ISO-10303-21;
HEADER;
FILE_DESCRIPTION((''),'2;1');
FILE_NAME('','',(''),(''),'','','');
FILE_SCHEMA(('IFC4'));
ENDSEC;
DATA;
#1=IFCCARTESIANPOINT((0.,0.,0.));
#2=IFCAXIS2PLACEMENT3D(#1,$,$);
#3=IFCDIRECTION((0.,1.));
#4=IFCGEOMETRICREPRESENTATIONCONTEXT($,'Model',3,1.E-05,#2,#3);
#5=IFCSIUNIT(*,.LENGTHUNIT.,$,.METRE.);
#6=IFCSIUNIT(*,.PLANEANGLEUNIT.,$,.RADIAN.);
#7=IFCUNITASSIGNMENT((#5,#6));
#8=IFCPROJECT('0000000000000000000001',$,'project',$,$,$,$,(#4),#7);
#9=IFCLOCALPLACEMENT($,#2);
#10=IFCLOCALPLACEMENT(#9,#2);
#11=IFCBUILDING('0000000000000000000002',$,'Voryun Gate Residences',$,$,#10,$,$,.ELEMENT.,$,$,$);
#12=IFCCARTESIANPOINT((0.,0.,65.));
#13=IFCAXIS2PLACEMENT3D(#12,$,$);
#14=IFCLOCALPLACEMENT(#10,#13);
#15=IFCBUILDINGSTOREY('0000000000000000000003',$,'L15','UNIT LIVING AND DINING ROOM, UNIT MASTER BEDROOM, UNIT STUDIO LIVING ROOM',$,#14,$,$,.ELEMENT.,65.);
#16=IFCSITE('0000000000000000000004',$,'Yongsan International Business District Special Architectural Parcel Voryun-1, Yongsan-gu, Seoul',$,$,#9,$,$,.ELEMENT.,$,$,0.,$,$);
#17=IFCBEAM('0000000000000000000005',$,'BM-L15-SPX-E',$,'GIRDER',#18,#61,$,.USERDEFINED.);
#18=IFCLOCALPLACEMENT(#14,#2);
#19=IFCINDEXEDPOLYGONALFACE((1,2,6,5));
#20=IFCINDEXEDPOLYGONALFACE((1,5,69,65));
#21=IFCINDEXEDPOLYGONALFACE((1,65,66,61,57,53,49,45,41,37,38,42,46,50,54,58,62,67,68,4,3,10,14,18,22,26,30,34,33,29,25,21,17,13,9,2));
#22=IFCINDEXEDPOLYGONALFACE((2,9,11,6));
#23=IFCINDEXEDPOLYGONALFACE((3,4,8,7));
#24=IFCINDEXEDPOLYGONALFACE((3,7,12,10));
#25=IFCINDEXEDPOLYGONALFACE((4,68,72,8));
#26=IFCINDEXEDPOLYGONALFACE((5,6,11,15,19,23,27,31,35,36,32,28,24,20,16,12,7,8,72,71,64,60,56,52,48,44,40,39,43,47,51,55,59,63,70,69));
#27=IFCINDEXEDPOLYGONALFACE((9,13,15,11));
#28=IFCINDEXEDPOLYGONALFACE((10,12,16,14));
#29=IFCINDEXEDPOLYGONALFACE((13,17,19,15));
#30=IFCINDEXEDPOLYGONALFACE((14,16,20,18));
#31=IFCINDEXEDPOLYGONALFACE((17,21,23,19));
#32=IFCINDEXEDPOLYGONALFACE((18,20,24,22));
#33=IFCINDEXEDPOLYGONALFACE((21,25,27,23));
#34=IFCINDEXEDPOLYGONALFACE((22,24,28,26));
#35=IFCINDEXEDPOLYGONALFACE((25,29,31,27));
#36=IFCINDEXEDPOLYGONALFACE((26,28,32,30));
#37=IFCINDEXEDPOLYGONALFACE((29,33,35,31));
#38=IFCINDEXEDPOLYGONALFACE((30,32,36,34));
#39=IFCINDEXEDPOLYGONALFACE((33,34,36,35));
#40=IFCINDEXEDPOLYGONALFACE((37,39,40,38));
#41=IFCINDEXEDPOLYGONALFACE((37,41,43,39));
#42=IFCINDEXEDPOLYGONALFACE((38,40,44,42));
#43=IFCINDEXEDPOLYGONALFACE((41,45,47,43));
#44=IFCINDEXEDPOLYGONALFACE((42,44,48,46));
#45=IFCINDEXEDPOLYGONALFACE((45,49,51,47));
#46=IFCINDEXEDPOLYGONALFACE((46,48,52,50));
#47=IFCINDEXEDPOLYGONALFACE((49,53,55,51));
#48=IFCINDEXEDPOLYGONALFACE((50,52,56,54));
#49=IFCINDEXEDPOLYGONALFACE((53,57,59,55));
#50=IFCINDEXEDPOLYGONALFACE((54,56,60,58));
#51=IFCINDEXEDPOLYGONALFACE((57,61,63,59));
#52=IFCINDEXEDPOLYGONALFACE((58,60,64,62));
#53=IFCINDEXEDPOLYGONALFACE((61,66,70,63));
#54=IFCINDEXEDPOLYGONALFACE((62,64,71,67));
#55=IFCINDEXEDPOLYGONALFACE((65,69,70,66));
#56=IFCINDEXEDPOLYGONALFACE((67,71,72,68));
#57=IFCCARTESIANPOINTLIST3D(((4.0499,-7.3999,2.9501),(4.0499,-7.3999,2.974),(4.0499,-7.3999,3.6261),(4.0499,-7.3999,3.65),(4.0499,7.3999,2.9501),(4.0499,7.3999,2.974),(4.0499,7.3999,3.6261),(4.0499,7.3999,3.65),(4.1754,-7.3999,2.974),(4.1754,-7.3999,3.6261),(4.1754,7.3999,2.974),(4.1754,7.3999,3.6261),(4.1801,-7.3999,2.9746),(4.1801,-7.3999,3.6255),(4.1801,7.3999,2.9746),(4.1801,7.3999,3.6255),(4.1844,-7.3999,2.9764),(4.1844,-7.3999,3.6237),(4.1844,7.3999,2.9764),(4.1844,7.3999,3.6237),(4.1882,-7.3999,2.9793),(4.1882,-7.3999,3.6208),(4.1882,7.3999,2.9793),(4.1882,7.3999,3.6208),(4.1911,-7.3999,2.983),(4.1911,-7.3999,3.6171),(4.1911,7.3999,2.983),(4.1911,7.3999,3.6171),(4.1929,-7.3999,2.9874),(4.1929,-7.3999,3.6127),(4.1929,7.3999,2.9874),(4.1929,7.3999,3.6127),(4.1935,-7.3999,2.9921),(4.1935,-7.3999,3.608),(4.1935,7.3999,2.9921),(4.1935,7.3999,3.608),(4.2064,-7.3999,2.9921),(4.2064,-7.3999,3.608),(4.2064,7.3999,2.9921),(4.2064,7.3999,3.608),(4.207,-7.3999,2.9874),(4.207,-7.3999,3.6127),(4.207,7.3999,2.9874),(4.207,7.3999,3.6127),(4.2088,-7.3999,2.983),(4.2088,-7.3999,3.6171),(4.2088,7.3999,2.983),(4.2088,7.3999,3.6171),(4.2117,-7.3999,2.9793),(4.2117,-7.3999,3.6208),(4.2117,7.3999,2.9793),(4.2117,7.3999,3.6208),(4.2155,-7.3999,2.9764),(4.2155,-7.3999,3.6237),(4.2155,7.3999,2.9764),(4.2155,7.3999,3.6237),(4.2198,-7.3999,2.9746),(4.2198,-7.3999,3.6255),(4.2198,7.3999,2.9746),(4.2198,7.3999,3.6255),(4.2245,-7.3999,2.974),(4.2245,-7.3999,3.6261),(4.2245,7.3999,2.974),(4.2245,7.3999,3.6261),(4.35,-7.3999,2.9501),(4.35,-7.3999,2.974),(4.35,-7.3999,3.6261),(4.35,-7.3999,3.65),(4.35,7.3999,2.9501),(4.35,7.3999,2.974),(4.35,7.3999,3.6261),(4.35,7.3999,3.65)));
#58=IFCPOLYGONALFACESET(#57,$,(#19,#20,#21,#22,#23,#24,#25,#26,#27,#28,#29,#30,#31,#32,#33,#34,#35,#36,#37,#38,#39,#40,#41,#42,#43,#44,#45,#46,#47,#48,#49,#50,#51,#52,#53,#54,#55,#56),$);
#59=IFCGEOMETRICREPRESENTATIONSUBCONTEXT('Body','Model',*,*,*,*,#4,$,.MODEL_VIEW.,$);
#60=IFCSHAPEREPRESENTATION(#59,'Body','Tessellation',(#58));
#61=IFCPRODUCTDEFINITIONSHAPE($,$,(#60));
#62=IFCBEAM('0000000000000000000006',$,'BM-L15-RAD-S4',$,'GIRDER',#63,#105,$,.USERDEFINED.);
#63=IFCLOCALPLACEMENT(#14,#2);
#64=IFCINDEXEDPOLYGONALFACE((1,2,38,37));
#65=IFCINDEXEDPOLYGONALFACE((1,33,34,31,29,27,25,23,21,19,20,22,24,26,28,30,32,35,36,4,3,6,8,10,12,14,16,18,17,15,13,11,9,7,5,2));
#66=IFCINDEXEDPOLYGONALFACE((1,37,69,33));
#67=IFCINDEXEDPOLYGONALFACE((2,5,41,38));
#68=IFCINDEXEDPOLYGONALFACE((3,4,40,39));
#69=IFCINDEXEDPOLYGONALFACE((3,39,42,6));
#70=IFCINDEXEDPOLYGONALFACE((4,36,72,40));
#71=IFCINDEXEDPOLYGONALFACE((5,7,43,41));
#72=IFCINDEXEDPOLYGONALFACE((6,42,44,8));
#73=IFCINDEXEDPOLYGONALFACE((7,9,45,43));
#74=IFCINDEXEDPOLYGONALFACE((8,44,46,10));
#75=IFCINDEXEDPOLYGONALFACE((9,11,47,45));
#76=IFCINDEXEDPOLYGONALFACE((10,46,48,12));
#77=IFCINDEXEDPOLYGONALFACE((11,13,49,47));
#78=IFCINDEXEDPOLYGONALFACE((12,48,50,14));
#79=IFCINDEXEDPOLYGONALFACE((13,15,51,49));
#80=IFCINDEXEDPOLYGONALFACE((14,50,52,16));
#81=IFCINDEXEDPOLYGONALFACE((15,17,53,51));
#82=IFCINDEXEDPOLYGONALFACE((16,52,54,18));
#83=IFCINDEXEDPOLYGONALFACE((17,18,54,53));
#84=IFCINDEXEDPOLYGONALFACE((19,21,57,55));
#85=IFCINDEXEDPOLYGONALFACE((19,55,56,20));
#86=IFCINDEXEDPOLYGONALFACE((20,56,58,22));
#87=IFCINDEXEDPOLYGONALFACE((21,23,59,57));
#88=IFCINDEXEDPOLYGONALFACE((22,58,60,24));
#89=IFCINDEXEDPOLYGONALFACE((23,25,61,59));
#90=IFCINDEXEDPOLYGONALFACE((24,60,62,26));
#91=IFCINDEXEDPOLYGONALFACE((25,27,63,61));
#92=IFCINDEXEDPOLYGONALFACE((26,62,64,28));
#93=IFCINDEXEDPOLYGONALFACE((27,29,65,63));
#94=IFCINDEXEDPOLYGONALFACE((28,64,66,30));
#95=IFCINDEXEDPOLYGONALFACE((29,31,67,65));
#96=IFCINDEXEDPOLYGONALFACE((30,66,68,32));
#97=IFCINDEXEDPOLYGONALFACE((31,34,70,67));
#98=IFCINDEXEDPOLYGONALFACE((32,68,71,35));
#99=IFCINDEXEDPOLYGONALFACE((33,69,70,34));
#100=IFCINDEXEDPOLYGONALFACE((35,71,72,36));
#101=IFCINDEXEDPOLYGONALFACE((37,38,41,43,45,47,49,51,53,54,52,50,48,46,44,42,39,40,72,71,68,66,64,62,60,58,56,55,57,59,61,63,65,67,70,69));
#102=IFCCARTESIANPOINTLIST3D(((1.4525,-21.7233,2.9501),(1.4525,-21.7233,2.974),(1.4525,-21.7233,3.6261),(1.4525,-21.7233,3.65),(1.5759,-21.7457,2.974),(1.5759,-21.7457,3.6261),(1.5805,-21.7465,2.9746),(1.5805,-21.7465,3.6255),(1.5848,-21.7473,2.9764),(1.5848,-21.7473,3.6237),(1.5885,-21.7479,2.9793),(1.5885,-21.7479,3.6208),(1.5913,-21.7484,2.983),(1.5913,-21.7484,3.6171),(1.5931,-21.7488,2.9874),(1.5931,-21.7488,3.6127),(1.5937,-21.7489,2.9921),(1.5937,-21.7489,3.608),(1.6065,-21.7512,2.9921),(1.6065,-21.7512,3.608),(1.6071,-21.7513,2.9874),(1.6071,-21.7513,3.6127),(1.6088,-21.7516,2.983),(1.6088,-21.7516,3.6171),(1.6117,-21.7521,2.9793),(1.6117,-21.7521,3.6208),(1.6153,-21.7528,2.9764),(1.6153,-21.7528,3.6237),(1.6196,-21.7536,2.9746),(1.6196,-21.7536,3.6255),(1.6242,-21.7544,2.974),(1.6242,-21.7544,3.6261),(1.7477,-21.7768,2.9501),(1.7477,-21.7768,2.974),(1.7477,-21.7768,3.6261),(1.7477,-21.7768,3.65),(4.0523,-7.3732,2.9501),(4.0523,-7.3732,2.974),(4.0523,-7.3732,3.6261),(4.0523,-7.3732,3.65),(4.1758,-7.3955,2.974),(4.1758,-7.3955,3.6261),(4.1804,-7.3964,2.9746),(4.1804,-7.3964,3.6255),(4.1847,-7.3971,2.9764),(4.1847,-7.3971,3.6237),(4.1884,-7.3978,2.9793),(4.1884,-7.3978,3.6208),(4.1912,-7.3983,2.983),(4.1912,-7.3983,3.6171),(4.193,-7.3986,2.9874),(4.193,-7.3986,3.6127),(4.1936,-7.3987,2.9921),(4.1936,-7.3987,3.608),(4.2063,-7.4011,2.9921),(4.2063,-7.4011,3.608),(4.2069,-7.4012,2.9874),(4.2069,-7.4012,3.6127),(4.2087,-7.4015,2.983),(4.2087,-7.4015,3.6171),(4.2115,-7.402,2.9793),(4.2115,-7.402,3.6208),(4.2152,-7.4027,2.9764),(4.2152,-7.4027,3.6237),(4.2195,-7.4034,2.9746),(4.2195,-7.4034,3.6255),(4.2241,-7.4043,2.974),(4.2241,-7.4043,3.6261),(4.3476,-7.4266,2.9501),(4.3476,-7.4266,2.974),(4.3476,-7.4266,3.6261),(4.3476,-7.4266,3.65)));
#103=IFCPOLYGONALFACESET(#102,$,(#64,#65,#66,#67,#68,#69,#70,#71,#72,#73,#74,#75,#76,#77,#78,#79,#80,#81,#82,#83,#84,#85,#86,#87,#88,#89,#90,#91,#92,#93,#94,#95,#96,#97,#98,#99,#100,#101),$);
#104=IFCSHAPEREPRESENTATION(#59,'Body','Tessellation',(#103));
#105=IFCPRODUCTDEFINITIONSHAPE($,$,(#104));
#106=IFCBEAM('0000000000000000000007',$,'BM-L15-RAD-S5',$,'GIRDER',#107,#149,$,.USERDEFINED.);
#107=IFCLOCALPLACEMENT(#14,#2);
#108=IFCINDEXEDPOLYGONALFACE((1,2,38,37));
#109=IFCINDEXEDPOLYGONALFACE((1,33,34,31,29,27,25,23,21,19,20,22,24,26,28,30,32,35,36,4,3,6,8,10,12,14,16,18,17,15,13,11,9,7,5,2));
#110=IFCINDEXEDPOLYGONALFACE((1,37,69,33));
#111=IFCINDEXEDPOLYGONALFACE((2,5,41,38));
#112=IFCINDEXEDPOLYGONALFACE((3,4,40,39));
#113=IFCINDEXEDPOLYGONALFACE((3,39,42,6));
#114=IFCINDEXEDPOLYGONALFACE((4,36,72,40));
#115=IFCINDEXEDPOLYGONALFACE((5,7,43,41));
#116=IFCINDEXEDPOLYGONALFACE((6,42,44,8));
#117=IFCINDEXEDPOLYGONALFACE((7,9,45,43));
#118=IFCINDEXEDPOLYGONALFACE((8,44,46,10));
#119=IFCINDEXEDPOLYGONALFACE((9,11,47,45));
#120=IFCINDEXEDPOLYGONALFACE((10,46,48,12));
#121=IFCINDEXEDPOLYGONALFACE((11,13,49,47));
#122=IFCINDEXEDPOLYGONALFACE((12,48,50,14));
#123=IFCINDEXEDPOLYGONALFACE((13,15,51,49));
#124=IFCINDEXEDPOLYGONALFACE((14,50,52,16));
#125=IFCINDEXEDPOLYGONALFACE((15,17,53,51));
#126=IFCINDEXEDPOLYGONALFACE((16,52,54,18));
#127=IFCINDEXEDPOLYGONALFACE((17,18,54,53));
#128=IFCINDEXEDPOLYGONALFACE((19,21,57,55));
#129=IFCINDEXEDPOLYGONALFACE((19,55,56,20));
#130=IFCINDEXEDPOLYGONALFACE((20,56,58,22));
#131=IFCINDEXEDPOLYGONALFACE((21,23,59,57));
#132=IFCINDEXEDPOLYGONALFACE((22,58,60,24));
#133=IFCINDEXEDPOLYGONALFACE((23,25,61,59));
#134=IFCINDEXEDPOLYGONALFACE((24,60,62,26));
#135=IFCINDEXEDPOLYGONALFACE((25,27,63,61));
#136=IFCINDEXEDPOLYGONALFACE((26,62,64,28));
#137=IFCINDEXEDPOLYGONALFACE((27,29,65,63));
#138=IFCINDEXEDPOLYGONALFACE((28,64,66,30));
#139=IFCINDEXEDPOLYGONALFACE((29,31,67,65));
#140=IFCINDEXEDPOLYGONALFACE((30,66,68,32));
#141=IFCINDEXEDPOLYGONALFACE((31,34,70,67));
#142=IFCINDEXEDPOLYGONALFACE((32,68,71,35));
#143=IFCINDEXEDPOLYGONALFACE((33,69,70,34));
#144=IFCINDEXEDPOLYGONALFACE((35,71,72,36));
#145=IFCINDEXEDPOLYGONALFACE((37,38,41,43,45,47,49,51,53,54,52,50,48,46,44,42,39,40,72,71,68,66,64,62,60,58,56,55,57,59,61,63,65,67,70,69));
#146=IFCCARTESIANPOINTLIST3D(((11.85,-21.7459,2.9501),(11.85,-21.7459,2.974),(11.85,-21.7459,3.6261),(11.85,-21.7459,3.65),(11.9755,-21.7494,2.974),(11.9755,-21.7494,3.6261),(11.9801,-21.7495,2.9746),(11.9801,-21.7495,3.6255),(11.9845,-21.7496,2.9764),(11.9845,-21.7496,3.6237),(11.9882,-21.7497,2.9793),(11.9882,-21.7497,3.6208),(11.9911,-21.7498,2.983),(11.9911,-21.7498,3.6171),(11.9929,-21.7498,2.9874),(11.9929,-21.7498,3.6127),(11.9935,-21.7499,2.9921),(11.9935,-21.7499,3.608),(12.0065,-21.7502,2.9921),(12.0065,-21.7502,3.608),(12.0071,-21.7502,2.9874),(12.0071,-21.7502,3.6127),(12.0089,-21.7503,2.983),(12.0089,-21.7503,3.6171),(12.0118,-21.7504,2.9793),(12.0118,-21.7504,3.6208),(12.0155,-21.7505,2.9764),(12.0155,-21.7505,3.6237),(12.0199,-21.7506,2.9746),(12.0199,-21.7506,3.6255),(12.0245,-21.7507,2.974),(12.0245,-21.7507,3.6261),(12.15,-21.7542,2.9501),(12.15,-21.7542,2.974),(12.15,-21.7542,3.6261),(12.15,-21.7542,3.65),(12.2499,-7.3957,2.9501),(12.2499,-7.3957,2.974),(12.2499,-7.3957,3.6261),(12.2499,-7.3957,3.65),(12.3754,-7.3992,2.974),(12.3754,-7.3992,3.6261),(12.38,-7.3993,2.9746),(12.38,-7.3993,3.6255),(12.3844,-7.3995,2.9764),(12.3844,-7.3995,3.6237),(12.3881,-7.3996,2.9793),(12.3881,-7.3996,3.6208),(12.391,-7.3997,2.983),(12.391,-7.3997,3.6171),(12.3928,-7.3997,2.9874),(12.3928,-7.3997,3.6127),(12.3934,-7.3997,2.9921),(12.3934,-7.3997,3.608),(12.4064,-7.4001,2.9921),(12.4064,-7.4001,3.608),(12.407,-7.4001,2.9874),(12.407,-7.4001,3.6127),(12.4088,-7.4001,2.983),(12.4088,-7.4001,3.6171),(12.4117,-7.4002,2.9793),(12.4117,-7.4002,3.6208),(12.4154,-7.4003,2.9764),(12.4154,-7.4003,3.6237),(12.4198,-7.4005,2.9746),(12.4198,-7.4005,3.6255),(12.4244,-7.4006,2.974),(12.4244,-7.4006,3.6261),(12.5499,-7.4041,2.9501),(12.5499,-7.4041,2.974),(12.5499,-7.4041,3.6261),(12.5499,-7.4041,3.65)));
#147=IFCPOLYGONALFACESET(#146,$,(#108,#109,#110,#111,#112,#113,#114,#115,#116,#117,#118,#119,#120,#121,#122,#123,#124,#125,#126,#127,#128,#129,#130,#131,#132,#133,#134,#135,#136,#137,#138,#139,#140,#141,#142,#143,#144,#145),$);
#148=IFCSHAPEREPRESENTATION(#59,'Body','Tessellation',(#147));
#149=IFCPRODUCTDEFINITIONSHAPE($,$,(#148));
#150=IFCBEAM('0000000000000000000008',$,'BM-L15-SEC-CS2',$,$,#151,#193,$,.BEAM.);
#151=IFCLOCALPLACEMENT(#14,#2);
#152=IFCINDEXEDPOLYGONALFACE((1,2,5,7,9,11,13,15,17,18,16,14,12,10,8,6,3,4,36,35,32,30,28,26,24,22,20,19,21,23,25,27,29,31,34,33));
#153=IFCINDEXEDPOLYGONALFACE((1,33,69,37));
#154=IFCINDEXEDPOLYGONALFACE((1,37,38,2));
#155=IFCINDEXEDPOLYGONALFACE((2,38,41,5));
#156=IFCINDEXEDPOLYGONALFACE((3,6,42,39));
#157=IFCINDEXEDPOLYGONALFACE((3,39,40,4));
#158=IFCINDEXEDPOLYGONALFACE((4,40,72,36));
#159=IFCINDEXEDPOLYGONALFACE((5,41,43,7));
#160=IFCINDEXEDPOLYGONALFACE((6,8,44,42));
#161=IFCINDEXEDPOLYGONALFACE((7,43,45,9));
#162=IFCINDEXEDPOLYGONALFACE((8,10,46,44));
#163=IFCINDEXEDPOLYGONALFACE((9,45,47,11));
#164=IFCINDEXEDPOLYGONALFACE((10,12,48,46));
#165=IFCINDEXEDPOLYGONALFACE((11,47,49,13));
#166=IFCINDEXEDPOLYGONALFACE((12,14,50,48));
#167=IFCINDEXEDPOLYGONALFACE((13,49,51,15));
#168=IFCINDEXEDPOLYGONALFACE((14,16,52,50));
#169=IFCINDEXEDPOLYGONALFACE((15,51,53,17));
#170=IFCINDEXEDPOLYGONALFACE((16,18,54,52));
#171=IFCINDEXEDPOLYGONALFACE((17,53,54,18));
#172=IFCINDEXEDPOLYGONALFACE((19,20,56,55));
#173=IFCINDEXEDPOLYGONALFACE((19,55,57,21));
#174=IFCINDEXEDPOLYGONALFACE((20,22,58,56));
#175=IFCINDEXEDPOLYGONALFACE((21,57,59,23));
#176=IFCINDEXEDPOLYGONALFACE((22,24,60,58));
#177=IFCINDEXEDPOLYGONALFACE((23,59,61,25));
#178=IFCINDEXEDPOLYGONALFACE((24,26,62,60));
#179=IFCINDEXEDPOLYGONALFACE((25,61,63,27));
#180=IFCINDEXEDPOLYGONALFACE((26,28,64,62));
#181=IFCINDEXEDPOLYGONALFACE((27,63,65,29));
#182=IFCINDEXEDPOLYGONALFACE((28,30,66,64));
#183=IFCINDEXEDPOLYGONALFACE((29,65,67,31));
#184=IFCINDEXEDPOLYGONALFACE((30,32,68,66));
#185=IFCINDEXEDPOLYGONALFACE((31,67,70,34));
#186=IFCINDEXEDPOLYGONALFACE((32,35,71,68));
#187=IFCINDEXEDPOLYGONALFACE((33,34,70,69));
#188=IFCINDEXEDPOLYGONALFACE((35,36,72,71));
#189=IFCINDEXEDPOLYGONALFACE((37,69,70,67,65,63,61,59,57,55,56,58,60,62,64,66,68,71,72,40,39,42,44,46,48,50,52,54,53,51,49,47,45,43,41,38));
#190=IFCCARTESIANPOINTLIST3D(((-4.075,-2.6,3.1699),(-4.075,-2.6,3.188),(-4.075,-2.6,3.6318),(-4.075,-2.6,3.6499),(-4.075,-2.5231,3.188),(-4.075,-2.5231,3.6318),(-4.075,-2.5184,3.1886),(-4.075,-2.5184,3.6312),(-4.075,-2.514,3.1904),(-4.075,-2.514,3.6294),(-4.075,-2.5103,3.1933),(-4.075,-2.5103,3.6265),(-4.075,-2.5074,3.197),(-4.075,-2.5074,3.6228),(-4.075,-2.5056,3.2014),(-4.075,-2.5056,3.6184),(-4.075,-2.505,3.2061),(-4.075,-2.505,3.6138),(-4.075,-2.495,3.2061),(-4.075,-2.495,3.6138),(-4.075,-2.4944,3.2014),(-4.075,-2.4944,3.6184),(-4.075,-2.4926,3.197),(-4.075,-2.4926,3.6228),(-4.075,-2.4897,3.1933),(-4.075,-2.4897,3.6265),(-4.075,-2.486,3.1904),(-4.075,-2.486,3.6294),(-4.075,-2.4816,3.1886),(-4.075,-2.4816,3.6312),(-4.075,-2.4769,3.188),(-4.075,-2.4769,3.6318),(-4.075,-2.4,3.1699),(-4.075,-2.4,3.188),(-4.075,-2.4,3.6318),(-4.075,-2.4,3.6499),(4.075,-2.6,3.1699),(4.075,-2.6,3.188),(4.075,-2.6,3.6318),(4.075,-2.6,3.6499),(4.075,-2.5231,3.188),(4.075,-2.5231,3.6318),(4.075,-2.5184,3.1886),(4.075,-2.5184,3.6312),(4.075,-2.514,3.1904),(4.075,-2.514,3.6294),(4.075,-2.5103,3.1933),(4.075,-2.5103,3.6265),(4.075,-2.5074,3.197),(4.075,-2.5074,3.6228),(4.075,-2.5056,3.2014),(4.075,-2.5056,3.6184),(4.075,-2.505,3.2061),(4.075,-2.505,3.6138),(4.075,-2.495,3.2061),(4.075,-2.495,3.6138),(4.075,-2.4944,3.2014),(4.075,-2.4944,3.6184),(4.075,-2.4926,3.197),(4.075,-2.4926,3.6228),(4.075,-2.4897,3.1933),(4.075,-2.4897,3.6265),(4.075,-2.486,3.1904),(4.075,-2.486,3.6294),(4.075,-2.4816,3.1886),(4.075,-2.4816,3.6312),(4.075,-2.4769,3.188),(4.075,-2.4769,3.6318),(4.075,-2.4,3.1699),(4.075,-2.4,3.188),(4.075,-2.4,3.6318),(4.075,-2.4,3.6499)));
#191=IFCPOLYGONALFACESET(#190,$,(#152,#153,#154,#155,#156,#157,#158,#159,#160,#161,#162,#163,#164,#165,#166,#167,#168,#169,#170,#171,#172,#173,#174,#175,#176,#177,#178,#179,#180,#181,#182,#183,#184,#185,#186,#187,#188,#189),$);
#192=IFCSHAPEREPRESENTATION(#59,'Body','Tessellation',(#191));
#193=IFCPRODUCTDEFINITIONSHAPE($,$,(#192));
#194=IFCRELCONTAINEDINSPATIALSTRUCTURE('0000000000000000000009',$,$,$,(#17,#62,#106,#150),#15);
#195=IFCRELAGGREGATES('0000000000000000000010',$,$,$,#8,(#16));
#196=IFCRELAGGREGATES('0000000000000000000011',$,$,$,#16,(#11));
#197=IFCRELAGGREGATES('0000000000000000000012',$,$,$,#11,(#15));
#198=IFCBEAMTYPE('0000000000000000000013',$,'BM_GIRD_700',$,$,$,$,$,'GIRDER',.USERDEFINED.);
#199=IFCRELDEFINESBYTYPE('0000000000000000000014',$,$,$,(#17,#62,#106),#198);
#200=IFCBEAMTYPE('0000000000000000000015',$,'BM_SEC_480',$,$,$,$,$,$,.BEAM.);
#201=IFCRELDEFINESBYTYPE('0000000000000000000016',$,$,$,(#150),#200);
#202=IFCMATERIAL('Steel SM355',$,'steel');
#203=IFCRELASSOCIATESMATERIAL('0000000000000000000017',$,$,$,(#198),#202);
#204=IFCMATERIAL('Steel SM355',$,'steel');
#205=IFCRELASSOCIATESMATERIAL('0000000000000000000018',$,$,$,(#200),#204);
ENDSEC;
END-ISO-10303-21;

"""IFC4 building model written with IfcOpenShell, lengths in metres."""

from ifc_helpers import new_model, si_unit, direction, frame, origin, origin_2d, place, context, subcontext, project, spatial, i_section, extrude, material, material_profile, profile_set, type_object, element, save


model = new_model("IFC4")

# Units and contexts
model_context = context("Model", 3, precision=1e-05, world=origin(), true_north=direction((0.0, 1.0)))
body_context = subcontext(model_context, "Body", "Model", "MODEL_VIEW")
ifc_project = project(units=[si_unit("LENGTHUNIT", "METRE"), si_unit("PLANEANGLEUNIT", "RADIAN")], contexts=[model_context])

# Site, building, storey
site_placement = place(None, origin())
site = spatial("IfcSite", under=ifc_project, at=site_placement, Name="Yongsan International Business District Special Architectural Parcel Voryun-1, Yongsan-gu, Seoul", CompositionType="ELEMENT", RefElevation=0.0)
building_placement = place(site_placement, origin())
building = spatial("IfcBuilding", under=site, at=building_placement, Name="Voryun Gate Residences", CompositionType="ELEMENT")
storey_placement = place(building_placement, frame((0.0, 0.0, 65.0)))
storey = spatial("IfcBuildingStorey", under=building, at=storey_placement, Name="L15", Description="UNIT LIVING AND DINING ROOM, UNIT MASTER BEDROOM, UNIT STUDIO LIVING ROOM", CompositionType="ELEMENT", Elevation=65.0)

# Beams
ifc_material_1 = material(Name="Steel SM355", Category="steel")
ifc_material_profile_1 = material_profile(ifc_material_1, i_section(OverallWidth=0.3, OverallDepth=0.7, WebThickness=0.0129, FlangeThickness=0.0239, FilletRadius=0.0181, at=origin_2d()), Name="H-700x300x13x24")
ifc_profile_set_1 = profile_set([ifc_material_profile_1], Name="Steel SM355")
beam_type_1 = type_object("IfcBeamType", Name="BM_GIRD_700", ElementType="GIRDER", PredefinedType="USERDEFINED", material=ifc_profile_set_1)
for number, where, z_axis, x_axis, name in (
    (1, (4.2, -7.3999, 3.3), (0.0, 1.0, 0.0), (-1.0, 0.0, 0.0), "BM-L15-SPX-E"),
):
    element("IfcBeam", number, at=place(storey_placement, frame(where, z_axis=z_axis, x_axis=x_axis)), inside=storey, type_object=beam_type_1, Name=name, ObjectType="GIRDER", PredefinedType="USERDEFINED", context=body_context, shape_type="SweptSolid", body=[
        extrude(i_section(OverallWidth=0.3, OverallDepth=0.7, WebThickness=0.0129, FlangeThickness=0.0239, FilletRadius=0.0181, at=origin_2d()), origin(), (0.0, 0.0, 1.0), 14.7998),
    ])
beam_1_placement = place(storey_placement, frame((4.2, -7.3999, 3.3), z_axis=(-0.178271, -0.983981, 0.0), x_axis=(0.983981, -0.178271, 0.0)))
element("IfcBeam", 2, at=beam_1_placement, inside=storey, type_object=beam_type_1, Name="BM-L15-RAD-S4", ObjectType="GIRDER", PredefinedType="USERDEFINED", context=body_context, shape_type="SweptSolid", body=[
    extrude(i_section(OverallWidth=0.3, OverallDepth=0.7, WebThickness=0.0129, FlangeThickness=0.0239, FilletRadius=0.0181, at=origin_2d()), origin(), (0.0, 0.0, 1.0), 14.5837),
])
beam_2_placement = place(storey_placement, frame((12.3999, -7.3999, 3.3), z_axis=(-0.027857, -0.999612, 0.0), x_axis=(0.999612, -0.027857, 0.0)))
element("IfcBeam", 3, at=beam_2_placement, inside=storey, type_object=beam_type_1, Name="BM-L15-RAD-S5", ObjectType="GIRDER", PredefinedType="USERDEFINED", context=body_context, shape_type="SweptSolid", body=[
    extrude(i_section(OverallWidth=0.3, OverallDepth=0.7, WebThickness=0.0129, FlangeThickness=0.0239, FilletRadius=0.0181, at=origin_2d()), origin(), (0.0, 0.0, 1.0), 14.3557),
])
ifc_material_2 = material(Name="Steel SM355", Category="steel")
ifc_material_profile_2 = material_profile(ifc_material_2, i_section(OverallWidth=0.2, OverallDepth=0.48, WebThickness=0.01, FlangeThickness=0.0181, FilletRadius=0.0181, at=origin_2d()), Name="H-480x200x10x18")
ifc_profile_set_2 = profile_set([ifc_material_profile_2], Name="Steel SM355")
beam_type_2 = type_object("IfcBeamType", Name="BM_SEC_480", PredefinedType="BEAM", material=ifc_profile_set_2)
beam_3_placement = place(storey_placement, frame((-4.075, -2.5, 3.4099), z_axis=(1.0, 0.0, 0.0), x_axis=(0.0, 1.0, 0.0)))
element("IfcBeam", 4, at=beam_3_placement, inside=storey, type_object=beam_type_2, Name="BM-L15-SEC-CS2", PredefinedType="BEAM", context=body_context, shape_type="SweptSolid", body=[
    extrude(i_section(OverallWidth=0.2, OverallDepth=0.48, WebThickness=0.01, FlangeThickness=0.0181, FilletRadius=0.0181, at=origin_2d()), origin(), (0.0, 0.0, 1.0), 8.1499),
])

save(model, "model.ifc")
